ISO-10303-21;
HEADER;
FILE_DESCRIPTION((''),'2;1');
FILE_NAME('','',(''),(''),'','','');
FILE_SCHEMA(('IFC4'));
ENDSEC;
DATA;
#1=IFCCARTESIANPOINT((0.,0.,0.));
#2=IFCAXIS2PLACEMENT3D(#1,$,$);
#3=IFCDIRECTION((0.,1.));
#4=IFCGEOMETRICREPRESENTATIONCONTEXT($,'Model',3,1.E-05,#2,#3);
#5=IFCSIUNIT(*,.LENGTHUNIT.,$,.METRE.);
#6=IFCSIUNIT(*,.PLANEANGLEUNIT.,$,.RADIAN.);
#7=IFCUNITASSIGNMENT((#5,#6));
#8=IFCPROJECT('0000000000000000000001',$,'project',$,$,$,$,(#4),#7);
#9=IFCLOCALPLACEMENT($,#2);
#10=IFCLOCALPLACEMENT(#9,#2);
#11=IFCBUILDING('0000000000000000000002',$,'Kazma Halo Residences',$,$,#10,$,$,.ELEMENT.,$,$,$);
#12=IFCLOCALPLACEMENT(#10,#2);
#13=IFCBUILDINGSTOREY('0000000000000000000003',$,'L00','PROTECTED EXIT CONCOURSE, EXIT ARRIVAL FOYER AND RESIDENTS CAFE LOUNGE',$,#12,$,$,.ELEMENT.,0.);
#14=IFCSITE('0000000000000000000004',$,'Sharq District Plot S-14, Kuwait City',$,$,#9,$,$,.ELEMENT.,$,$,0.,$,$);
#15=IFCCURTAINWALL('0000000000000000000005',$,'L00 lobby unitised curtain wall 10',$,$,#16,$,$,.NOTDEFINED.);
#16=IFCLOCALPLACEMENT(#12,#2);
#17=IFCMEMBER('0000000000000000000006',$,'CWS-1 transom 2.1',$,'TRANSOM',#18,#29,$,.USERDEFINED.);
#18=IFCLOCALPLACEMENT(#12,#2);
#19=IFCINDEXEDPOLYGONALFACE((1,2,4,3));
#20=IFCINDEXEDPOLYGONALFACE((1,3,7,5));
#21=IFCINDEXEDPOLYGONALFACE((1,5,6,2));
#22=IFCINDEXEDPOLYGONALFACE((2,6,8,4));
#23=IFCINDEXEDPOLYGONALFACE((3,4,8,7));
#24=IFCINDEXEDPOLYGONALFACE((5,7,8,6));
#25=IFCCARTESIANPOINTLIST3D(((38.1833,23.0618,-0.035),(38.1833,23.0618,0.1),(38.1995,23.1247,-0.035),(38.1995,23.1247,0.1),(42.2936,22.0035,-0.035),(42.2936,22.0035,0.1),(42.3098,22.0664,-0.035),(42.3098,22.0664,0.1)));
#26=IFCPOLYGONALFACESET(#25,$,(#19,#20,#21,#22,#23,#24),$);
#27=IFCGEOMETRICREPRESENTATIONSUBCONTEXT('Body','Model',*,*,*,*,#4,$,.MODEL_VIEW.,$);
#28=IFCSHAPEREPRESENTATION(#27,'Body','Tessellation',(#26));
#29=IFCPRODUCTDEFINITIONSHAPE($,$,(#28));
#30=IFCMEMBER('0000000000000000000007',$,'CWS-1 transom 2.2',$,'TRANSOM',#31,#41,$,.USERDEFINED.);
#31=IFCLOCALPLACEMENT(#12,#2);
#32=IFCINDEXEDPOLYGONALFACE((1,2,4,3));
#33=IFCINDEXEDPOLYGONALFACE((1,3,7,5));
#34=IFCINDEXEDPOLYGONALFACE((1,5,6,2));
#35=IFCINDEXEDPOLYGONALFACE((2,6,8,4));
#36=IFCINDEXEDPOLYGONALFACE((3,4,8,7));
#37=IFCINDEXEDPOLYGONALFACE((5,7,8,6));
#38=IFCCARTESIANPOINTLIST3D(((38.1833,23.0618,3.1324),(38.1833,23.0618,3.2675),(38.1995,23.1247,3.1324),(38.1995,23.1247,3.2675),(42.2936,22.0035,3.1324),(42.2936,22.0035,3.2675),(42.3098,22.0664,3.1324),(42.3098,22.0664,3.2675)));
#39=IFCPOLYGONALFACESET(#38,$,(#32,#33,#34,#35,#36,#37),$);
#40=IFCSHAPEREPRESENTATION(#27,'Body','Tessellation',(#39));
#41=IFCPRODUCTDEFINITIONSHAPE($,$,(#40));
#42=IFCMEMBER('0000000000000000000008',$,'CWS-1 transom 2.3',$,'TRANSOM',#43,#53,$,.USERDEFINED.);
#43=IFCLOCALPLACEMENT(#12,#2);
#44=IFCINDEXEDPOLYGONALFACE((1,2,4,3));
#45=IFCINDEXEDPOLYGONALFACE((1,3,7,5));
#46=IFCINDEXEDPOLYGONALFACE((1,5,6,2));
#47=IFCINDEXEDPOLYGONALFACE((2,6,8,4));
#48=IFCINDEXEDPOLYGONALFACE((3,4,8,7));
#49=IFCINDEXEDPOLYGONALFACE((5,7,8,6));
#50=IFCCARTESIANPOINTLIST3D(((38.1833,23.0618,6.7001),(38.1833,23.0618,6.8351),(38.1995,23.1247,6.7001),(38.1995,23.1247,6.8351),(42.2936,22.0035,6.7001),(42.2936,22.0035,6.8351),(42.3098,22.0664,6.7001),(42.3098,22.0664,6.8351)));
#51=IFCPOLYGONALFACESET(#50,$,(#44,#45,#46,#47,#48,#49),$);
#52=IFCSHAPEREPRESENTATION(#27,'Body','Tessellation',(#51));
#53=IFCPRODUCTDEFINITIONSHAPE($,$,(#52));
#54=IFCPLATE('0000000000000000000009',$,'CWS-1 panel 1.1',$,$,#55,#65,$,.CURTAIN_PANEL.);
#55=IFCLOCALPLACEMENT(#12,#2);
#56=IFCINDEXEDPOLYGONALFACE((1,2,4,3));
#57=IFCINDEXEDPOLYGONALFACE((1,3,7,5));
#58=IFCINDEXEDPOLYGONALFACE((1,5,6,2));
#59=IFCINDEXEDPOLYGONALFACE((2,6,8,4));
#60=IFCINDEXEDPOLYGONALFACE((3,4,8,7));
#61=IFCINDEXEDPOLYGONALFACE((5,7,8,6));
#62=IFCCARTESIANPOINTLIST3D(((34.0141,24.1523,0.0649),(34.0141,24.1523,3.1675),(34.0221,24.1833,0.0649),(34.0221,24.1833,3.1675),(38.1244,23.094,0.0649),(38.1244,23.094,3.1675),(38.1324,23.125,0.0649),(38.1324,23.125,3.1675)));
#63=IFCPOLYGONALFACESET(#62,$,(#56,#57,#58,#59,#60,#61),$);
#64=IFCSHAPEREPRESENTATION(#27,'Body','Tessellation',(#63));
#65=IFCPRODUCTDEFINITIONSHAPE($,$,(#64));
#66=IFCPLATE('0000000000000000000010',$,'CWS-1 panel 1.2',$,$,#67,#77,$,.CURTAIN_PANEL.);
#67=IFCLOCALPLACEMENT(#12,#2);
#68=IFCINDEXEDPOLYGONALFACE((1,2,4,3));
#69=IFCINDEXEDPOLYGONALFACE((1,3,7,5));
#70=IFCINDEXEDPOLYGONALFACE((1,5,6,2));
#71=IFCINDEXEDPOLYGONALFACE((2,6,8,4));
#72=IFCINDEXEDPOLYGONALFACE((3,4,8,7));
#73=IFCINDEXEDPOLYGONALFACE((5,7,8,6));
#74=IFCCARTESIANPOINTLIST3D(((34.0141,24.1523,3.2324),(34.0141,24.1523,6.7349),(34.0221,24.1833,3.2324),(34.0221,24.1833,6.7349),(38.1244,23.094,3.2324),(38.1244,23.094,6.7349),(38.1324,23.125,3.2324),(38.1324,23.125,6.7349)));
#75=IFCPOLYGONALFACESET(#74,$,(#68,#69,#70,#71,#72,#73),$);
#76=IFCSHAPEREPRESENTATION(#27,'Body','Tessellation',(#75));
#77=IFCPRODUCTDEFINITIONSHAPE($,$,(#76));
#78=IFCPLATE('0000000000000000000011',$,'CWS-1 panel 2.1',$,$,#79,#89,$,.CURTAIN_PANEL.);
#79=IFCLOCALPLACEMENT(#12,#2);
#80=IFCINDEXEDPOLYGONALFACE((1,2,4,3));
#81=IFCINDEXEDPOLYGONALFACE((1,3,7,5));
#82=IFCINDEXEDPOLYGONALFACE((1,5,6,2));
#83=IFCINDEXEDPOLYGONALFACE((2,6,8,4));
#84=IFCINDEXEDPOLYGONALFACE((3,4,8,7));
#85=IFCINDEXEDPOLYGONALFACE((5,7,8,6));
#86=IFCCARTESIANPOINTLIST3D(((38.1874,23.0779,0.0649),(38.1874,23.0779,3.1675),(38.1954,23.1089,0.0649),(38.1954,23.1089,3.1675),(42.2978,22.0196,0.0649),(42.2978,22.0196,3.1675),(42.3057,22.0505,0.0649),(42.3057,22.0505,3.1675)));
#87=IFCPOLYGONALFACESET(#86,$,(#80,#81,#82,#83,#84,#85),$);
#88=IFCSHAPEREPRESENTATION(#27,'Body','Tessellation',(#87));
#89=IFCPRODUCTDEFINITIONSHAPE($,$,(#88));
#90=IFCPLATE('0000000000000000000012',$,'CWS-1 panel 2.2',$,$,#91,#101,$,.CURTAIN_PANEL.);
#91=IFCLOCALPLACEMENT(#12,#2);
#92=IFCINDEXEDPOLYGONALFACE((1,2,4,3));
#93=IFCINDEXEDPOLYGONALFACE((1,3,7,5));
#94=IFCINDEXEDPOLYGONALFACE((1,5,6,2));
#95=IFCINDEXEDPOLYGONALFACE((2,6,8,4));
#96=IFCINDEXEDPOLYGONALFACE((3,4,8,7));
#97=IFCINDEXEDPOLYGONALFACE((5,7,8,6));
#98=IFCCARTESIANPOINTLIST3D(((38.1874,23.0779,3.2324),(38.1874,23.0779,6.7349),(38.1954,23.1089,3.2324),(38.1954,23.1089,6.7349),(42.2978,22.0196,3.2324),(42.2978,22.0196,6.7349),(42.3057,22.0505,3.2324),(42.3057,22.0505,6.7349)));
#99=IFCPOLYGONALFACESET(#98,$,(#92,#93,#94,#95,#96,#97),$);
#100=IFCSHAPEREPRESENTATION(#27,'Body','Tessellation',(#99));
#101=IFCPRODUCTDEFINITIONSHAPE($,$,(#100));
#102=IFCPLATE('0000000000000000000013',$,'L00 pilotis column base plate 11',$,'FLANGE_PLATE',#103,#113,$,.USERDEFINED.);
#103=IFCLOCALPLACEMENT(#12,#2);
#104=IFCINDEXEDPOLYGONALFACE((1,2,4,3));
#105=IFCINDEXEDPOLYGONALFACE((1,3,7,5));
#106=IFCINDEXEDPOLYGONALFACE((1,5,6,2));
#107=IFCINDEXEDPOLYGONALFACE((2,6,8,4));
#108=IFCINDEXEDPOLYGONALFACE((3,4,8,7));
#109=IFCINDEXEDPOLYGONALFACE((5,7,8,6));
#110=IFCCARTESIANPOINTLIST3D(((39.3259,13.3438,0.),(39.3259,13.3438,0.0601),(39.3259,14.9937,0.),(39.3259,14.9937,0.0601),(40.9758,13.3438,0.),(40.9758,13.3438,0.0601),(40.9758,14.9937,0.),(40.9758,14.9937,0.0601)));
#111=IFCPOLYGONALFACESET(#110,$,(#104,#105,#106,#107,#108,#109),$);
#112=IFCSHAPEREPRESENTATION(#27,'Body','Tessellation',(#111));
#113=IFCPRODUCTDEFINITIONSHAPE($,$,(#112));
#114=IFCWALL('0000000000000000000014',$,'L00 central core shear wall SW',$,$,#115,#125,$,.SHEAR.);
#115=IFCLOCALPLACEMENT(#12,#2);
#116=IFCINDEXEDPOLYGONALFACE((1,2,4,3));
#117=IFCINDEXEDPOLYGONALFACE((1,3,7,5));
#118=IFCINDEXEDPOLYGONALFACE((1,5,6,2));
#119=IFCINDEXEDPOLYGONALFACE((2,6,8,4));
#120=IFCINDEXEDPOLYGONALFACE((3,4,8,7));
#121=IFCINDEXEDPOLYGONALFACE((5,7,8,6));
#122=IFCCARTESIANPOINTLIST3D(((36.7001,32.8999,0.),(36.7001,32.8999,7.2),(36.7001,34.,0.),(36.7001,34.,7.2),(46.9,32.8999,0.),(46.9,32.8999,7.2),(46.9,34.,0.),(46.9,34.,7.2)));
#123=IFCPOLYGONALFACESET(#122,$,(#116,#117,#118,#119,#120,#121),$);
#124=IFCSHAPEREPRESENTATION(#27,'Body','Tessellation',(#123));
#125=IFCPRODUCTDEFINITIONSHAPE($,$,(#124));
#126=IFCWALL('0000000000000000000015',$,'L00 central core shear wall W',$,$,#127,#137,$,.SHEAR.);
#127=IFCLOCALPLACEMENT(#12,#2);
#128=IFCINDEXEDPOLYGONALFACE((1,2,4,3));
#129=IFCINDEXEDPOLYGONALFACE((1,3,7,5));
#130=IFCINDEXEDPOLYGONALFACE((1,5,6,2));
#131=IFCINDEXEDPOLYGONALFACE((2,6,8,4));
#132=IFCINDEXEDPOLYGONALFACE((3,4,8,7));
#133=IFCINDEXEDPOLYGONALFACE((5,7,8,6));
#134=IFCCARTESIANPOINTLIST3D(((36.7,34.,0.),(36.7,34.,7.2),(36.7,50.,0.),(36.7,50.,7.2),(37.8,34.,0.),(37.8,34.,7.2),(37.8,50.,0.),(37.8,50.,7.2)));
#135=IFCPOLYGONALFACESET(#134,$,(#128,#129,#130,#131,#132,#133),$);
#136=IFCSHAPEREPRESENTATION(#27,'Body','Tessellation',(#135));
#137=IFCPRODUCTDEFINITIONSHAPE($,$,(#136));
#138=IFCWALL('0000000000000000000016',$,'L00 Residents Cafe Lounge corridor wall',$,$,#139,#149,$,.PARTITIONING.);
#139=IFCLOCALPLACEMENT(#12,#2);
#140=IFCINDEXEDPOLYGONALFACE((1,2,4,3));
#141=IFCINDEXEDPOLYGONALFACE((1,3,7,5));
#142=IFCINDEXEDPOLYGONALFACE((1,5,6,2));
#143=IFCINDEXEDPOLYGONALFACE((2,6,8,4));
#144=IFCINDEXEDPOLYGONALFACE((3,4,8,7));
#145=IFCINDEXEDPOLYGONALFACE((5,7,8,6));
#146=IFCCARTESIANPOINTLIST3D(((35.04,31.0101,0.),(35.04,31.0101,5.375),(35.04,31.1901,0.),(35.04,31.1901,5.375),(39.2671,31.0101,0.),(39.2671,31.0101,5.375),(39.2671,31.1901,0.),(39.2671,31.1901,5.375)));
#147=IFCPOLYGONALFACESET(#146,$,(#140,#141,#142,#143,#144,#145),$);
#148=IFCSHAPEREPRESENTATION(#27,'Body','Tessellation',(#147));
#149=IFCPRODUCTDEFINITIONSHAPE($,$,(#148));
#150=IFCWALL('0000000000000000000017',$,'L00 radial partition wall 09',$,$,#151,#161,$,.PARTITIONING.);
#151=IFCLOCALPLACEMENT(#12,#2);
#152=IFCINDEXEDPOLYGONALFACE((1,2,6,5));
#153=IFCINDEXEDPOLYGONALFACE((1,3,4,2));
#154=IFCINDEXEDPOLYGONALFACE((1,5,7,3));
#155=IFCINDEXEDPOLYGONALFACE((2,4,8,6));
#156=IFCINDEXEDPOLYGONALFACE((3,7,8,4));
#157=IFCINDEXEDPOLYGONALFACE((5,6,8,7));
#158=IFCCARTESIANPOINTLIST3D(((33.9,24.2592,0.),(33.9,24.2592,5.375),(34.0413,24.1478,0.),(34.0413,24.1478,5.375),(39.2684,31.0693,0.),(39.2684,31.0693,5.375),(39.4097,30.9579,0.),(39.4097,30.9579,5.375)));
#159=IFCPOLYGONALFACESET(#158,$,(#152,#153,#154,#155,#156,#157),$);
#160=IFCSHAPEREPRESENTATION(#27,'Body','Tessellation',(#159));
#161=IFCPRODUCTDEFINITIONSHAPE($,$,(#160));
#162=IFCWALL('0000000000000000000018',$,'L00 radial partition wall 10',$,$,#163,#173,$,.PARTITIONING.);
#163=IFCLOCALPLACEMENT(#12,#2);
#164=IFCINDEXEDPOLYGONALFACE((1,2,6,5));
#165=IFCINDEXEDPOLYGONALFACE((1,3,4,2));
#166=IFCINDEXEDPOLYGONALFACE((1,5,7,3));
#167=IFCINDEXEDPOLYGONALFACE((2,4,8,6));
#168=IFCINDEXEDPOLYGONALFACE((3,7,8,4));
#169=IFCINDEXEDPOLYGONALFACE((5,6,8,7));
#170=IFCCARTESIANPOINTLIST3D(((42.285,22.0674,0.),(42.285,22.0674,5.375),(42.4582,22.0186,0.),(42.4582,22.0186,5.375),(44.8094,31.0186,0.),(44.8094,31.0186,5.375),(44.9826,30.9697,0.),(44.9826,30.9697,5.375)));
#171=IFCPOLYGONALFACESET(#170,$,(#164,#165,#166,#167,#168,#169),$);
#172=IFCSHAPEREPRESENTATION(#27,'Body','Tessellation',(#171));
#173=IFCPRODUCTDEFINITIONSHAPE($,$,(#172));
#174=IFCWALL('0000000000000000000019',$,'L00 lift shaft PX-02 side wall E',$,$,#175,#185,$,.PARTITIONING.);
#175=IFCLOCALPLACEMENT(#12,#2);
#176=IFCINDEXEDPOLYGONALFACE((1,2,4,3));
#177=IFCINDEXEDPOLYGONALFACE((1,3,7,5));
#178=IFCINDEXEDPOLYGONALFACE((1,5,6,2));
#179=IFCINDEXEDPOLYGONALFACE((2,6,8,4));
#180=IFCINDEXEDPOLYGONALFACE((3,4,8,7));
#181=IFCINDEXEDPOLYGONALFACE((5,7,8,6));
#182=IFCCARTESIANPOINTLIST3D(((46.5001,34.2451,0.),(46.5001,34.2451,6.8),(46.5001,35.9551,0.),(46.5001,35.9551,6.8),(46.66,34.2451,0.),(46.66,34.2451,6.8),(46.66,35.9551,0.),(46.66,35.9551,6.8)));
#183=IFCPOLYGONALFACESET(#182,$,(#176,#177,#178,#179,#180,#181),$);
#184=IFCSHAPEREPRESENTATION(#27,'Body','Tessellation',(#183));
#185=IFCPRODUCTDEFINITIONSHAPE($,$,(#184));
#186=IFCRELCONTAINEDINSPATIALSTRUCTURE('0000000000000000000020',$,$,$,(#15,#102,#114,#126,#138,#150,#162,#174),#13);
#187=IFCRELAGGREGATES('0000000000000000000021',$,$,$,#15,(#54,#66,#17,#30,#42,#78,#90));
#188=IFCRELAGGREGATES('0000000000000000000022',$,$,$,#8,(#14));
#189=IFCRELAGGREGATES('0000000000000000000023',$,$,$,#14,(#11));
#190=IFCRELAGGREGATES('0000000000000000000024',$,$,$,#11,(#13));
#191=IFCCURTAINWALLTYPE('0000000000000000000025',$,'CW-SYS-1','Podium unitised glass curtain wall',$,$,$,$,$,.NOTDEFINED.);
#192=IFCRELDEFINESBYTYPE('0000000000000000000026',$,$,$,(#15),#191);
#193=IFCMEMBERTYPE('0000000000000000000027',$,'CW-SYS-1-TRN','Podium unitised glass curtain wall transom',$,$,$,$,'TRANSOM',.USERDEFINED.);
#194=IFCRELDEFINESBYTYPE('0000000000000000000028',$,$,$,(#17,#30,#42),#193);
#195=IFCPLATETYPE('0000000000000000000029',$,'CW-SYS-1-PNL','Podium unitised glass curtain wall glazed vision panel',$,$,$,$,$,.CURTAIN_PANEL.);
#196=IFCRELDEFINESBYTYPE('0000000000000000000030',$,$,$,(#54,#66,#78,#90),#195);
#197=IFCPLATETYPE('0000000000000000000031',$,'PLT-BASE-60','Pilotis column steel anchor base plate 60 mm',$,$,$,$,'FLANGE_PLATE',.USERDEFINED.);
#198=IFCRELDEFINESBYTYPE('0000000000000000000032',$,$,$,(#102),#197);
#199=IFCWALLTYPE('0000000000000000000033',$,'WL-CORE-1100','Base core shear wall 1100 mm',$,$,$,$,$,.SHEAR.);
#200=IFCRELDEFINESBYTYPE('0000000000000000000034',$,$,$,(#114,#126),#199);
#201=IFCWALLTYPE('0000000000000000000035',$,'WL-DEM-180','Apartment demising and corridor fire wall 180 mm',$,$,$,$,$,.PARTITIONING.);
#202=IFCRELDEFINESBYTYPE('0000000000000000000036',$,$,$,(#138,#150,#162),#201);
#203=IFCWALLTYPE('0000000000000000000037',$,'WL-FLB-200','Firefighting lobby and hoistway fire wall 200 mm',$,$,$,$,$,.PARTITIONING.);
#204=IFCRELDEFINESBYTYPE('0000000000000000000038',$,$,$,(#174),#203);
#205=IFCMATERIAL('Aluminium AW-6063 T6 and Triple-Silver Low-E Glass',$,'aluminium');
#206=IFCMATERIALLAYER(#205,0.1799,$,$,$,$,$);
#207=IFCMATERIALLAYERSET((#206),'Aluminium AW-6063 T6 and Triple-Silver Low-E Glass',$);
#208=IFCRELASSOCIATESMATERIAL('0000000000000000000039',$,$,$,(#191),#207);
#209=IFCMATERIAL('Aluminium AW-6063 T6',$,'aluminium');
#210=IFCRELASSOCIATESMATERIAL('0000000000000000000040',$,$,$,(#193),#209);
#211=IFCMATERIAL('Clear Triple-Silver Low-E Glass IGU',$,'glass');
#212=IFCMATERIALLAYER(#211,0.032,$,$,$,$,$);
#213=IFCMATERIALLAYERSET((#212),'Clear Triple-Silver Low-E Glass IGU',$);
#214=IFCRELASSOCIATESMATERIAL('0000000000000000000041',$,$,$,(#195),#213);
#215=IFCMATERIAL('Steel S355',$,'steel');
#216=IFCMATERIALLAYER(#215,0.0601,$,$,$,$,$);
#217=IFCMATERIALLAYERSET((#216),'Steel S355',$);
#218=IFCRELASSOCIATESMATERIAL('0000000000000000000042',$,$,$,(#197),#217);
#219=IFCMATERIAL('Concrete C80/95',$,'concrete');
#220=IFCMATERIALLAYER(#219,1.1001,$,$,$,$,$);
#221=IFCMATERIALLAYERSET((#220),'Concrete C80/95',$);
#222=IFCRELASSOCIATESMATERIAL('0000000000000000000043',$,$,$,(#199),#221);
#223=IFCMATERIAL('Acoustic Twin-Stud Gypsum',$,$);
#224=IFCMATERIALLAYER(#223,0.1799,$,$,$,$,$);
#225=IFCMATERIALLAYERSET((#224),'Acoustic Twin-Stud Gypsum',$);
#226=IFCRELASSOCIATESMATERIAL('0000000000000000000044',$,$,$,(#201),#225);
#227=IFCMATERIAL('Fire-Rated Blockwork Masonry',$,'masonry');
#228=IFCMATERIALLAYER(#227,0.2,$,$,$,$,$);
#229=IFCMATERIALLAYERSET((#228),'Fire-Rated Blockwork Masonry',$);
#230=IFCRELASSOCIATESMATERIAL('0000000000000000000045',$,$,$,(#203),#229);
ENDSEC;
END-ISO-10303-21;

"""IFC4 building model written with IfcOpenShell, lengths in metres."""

from ifc_helpers import new_model, si_unit, direction, frame, frame_2d, origin, origin_2d, place, context, subcontext, project, spatial, rectangle, extrude, material, layer, layer_set, material_profile, profile_set, type_object, element, aggregate, save


model = new_model("IFC4")

# Units and contexts
model_context = context("Model", 3, precision=1e-05, world=origin(), true_north=direction((0.0, 1.0)))
body_context = subcontext(model_context, "Body", "Model", "MODEL_VIEW")
ifc_project = project(units=[si_unit("LENGTHUNIT", "METRE"), si_unit("PLANEANGLEUNIT", "RADIAN")], contexts=[model_context])

# Site, building, storey
site_placement = place(None, origin())
site = spatial("IfcSite", under=ifc_project, at=site_placement, Name="Sharq District Plot S-14, Kuwait City", CompositionType="ELEMENT", RefElevation=0.0)
building_placement = place(site_placement, origin())
building = spatial("IfcBuilding", under=site, at=building_placement, Name="Kazma Halo Residences", CompositionType="ELEMENT")
storey_placement = place(building_placement, origin())
storey = spatial("IfcBuildingStorey", under=building, at=storey_placement, Name="L00", Description="PROTECTED EXIT CONCOURSE, EXIT ARRIVAL FOYER AND RESIDENTS CAFE LOUNGE", CompositionType="ELEMENT", Elevation=0.0)

# Shared definitions
ifc_material_1 = material(Name="Concrete C80/95", Category="concrete")

# Shared definitions
ifc_material_2 = material(Name="Steel S355", Category="steel")

# Curtain wall, members, plates
ifc_material_3 = material(Name="Aluminium AW-6063 T6 and Triple-Silver Low-E Glass", Category="aluminium")
ifc_layer_1 = layer(ifc_material_3, 0.1799)
ifc_layer_set_1 = layer_set([ifc_layer_1], Name="Aluminium AW-6063 T6 and Triple-Silver Low-E Glass")
curtain_wall_type = type_object("IfcCurtainWallType", Name="CW-SYS-1", Description="Podium unitised glass curtain wall", PredefinedType="NOTDEFINED", material=ifc_layer_set_1)
curtain_wall_placement = place(storey_placement, origin())
curtain_wall = element("IfcCurtainWall", 1, at=curtain_wall_placement, inside=storey, type_object=curtain_wall_type, Name="L00 lobby unitised curtain wall 10", PredefinedType="NOTDEFINED")
ifc_material_4 = material(Name="Aluminium AW-6063 T6", Category="aluminium")
ifc_material_profile_1 = material_profile(ifc_material_4, rectangle(XDim=0.0649, YDim=0.135, at=origin_2d()), Name="CWT-65x135")
ifc_profile_set_1 = profile_set([ifc_material_profile_1], Name="Aluminium AW-6063 T6")
member_type_1 = type_object("IfcMemberType", Name="CW-SYS-1-TRN", Description="Podium unitised glass curtain wall transom", ElementType="TRANSOM", PredefinedType="USERDEFINED", material=ifc_profile_set_1)
member_1_placement = place(storey_placement, frame((38.1914, 23.0933, 0.0325), z_axis=(0.968413, -0.249351, 0.0), x_axis=(0.249351, 0.968413, 0.0)))
member_1 = element("IfcMember", 2, at=member_1_placement, type_object=member_type_1, Name="CWS-1 transom 2.1", ObjectType="TRANSOM", PredefinedType="USERDEFINED", context=body_context, shape_type="SweptSolid", body=[
    extrude(rectangle(XDim=0.0649, YDim=0.135, at=origin_2d()), origin(), (0.0, 0.0, 1.0), 4.2444),
])
member_2_placement = place(storey_placement, frame((38.1914, 23.0933, 3.2), z_axis=(0.968413, -0.249351, 0.0), x_axis=(0.249351, 0.968413, 0.0)))
member_2 = element("IfcMember", 3, at=member_2_placement, type_object=member_type_1, Name="CWS-1 transom 2.2", ObjectType="TRANSOM", PredefinedType="USERDEFINED", context=body_context, shape_type="SweptSolid", body=[
    extrude(rectangle(XDim=0.0649, YDim=0.135, at=origin_2d()), origin(), (0.0, 0.0, 1.0), 4.2444),
])
member_3_placement = place(storey_placement, frame((38.1914, 23.0933, 6.7676), z_axis=(0.968413, -0.249351, 0.0), x_axis=(0.249351, 0.968413, 0.0)))
member_3 = element("IfcMember", 4, at=member_3_placement, type_object=member_type_1, Name="CWS-1 transom 2.3", ObjectType="TRANSOM", PredefinedType="USERDEFINED", context=body_context, shape_type="SweptSolid", body=[
    extrude(rectangle(XDim=0.0649, YDim=0.135, at=origin_2d()), origin(), (0.0, 0.0, 1.0), 4.2444),
])
ifc_material_5 = material(Name="Clear Triple-Silver Low-E Glass IGU", Category="glass")
ifc_layer_2 = layer(ifc_material_5, 0.032)
ifc_layer_set_2 = layer_set([ifc_layer_2], Name="Clear Triple-Silver Low-E Glass IGU")
plate_type_1 = type_object("IfcPlateType", Name="CW-SYS-1-PNL", Description="Podium unitised glass curtain wall glazed vision panel", PredefinedType="CURTAIN_PANEL", material=ifc_layer_set_2)
plate_1_placement = place(storey_placement, frame((36.0732, 23.6387, 0.0649), z_axis=(0.0, 0.0, 1.0), x_axis=(0.968414, -0.249347, 0.0)))
plate_1 = element("IfcPlate", 5, at=plate_1_placement, type_object=plate_type_1, Name="CWS-1 panel 1.1", PredefinedType="CURTAIN_PANEL", context=body_context, shape_type="SweptSolid", body=[
    extrude(rectangle(XDim=4.2444, YDim=0.032, at=origin_2d()), origin(), (0.0, 0.0, 1.0), 3.1025),
])
plate_2_placement = place(storey_placement, frame((36.0732, 23.6387, 3.2324), z_axis=(0.0, 0.0, 1.0), x_axis=(0.968414, -0.249347, 0.0)))
plate_2 = element("IfcPlate", 6, at=plate_2_placement, type_object=plate_type_1, Name="CWS-1 panel 1.2", PredefinedType="CURTAIN_PANEL", context=body_context, shape_type="SweptSolid", body=[
    extrude(rectangle(XDim=4.2444, YDim=0.032, at=origin_2d()), origin(), (0.0, 0.0, 1.0), 3.5024),
])
plate_3_placement = place(storey_placement, frame((40.2466, 22.5642, 0.0649), z_axis=(0.0, 0.0, 1.0), x_axis=(0.968414, -0.249347, 0.0)))
plate_3 = element("IfcPlate", 7, at=plate_3_placement, type_object=plate_type_1, Name="CWS-1 panel 2.1", PredefinedType="CURTAIN_PANEL", context=body_context, shape_type="SweptSolid", body=[
    extrude(rectangle(XDim=4.2444, YDim=0.032, at=origin_2d()), origin(), (0.0, 0.0, 1.0), 3.1025),
])
plate_4_placement = place(storey_placement, frame((40.2466, 22.5642, 3.2324), z_axis=(0.0, 0.0, 1.0), x_axis=(0.968414, -0.249347, 0.0)))
plate_4 = element("IfcPlate", 8, at=plate_4_placement, type_object=plate_type_1, Name="CWS-1 panel 2.2", PredefinedType="CURTAIN_PANEL", context=body_context, shape_type="SweptSolid", body=[
    extrude(rectangle(XDim=4.2444, YDim=0.032, at=origin_2d()), origin(), (0.0, 0.0, 1.0), 3.5024),
])
aggregate(curtain_wall, [plate_1, plate_2, member_1, member_2, member_3, plate_3, plate_4])

# Plate
ifc_layer_3 = layer(ifc_material_2, 0.0601)
ifc_layer_set_3 = layer_set([ifc_layer_3], Name="Steel S355")
plate_type_2 = type_object("IfcPlateType", Name="PLT-BASE-60", Description="Pilotis column steel anchor base plate 60 mm", ElementType="FLANGE_PLATE", PredefinedType="USERDEFINED", material=ifc_layer_set_3)
plate_5_placement = place(storey_placement, frame((40.1509, 14.1687, 0.0), z_axis=(0.0, 0.0, 1.0), x_axis=(1.0, 0.0, 0.0)))
element("IfcPlate", 9, at=plate_5_placement, inside=storey, type_object=plate_type_2, Name="L00 pilotis column base plate 11", ObjectType="FLANGE_PLATE", PredefinedType="USERDEFINED", context=body_context, shape_type="SweptSolid", body=[
    extrude(rectangle(XDim=1.6499, YDim=1.6499, at=origin_2d()), origin(), (0.0, 0.0, 1.0), 0.0601),
])

# Walls
ifc_layer_4 = layer(ifc_material_1, 1.1001)
ifc_layer_set_4 = layer_set([ifc_layer_4], Name="Concrete C80/95")
wall_type_1 = type_object("IfcWallType", Name="WL-CORE-1100", Description="Base core shear wall 1100 mm", PredefinedType="SHEAR", material=ifc_layer_set_4)
wall_1_placement = place(storey_placement, frame((36.7, 33.45, 0.0), z_axis=(0.0, 0.0, 1.0), x_axis=(1.0, 0.0, 0.0)))
element("IfcWall", 10, at=wall_1_placement, inside=storey, type_object=wall_type_1, Name="L00 central core shear wall SW", PredefinedType="SHEAR", context=body_context, shape_type="SweptSolid", body=[
    extrude(rectangle(XDim=10.2, YDim=1.1001, at=frame_2d((5.1001, 0.0))), origin(), (0.0, 0.0, 1.0), 7.2),
])
wall_2_placement = place(storey_placement, frame((37.25, 34.0, 0.0), z_axis=(0.0, 0.0, 1.0), x_axis=(0.0, 1.0, 0.0)))
element("IfcWall", 11, at=wall_2_placement, inside=storey, type_object=wall_type_1, Name="L00 central core shear wall W", PredefinedType="SHEAR", context=body_context, shape_type="SweptSolid", body=[
    extrude(rectangle(XDim=16.0, YDim=1.1001, at=frame_2d((8.0, 0.0))), origin(), (0.0, 0.0, 1.0), 7.2),
])
ifc_material_6 = material(Name="Acoustic Twin-Stud Gypsum")
ifc_layer_5 = layer(ifc_material_6, 0.1799)
ifc_layer_set_5 = layer_set([ifc_layer_5], Name="Acoustic Twin-Stud Gypsum")
wall_type_2 = type_object("IfcWallType", Name="WL-DEM-180", Description="Apartment demising and corridor fire wall 180 mm", PredefinedType="PARTITIONING", material=ifc_layer_set_5)
wall_3_placement = place(storey_placement, frame((35.04, 31.1001, 0.0), z_axis=(0.0, 0.0, 1.0), x_axis=(1.0, 0.0, 0.0)))
element("IfcWall", 12, at=wall_3_placement, inside=storey, type_object=wall_type_2, Name="L00 Residents Cafe Lounge corridor wall", PredefinedType="PARTITIONING", context=body_context, shape_type="SweptSolid", body=[
    extrude(rectangle(XDim=4.2271, YDim=0.1799, at=frame_2d((2.1135, 0.0))), origin(), (0.0, 0.0, 1.0), 5.375),
])
wall_4_placement = place(storey_placement, frame((39.3391, 31.0137, 0.0), z_axis=(0.0, 0.0, 1.0), x_axis=(-0.619079, -0.785329, 0.0)))
element("IfcWall", 13, at=wall_4_placement, inside=storey, type_object=wall_type_2, Name="L00 radial partition wall 09", PredefinedType="PARTITIONING", context=body_context, shape_type="SweptSolid", body=[
    extrude(rectangle(XDim=8.6716, YDim=0.1799, at=frame_2d((4.3359, 0.0))), origin(), (0.0, 0.0, 1.0), 5.375),
])
wall_5_placement = place(storey_placement, frame((44.896, 30.9941, 0.0), z_axis=(0.0, 0.0, 1.0), x_axis=(-0.271433, -0.962457, 0.0)))
element("IfcWall", 14, at=wall_5_placement, inside=storey, type_object=wall_type_2, Name="L00 radial partition wall 10", PredefinedType="PARTITIONING", context=body_context, shape_type="SweptSolid", body=[
    extrude(rectangle(XDim=9.3003, YDim=0.1799, at=frame_2d((4.6501, 0.0))), origin(), (0.0, 0.0, 1.0), 5.375),
])

# Wall
ifc_material_7 = material(Name="Fire-Rated Blockwork Masonry", Category="masonry")
ifc_layer_6 = layer(ifc_material_7, 0.2)
ifc_layer_set_6 = layer_set([ifc_layer_6], Name="Fire-Rated Blockwork Masonry")
wall_type_3 = type_object("IfcWallType", Name="WL-FLB-200", Description="Firefighting lobby and hoistway fire wall 200 mm", PredefinedType="PARTITIONING", material=ifc_layer_set_6)
wall_6_placement = place(storey_placement, frame((46.5801, 34.2451, 0.0), z_axis=(0.0, 0.0, 1.0), x_axis=(0.0, 1.0, 0.0)))
element("IfcWall", 15, at=wall_6_placement, inside=storey, type_object=wall_type_3, Name="L00 lift shaft PX-02 side wall E", PredefinedType="PARTITIONING", context=body_context, shape_type="SweptSolid", body=[
    extrude(rectangle(XDim=1.71, YDim=0.1599, at=frame_2d((0.855, 0.0))), origin(), (0.0, 0.0, 1.0), 6.8),
])

save(model, "model.ifc")
